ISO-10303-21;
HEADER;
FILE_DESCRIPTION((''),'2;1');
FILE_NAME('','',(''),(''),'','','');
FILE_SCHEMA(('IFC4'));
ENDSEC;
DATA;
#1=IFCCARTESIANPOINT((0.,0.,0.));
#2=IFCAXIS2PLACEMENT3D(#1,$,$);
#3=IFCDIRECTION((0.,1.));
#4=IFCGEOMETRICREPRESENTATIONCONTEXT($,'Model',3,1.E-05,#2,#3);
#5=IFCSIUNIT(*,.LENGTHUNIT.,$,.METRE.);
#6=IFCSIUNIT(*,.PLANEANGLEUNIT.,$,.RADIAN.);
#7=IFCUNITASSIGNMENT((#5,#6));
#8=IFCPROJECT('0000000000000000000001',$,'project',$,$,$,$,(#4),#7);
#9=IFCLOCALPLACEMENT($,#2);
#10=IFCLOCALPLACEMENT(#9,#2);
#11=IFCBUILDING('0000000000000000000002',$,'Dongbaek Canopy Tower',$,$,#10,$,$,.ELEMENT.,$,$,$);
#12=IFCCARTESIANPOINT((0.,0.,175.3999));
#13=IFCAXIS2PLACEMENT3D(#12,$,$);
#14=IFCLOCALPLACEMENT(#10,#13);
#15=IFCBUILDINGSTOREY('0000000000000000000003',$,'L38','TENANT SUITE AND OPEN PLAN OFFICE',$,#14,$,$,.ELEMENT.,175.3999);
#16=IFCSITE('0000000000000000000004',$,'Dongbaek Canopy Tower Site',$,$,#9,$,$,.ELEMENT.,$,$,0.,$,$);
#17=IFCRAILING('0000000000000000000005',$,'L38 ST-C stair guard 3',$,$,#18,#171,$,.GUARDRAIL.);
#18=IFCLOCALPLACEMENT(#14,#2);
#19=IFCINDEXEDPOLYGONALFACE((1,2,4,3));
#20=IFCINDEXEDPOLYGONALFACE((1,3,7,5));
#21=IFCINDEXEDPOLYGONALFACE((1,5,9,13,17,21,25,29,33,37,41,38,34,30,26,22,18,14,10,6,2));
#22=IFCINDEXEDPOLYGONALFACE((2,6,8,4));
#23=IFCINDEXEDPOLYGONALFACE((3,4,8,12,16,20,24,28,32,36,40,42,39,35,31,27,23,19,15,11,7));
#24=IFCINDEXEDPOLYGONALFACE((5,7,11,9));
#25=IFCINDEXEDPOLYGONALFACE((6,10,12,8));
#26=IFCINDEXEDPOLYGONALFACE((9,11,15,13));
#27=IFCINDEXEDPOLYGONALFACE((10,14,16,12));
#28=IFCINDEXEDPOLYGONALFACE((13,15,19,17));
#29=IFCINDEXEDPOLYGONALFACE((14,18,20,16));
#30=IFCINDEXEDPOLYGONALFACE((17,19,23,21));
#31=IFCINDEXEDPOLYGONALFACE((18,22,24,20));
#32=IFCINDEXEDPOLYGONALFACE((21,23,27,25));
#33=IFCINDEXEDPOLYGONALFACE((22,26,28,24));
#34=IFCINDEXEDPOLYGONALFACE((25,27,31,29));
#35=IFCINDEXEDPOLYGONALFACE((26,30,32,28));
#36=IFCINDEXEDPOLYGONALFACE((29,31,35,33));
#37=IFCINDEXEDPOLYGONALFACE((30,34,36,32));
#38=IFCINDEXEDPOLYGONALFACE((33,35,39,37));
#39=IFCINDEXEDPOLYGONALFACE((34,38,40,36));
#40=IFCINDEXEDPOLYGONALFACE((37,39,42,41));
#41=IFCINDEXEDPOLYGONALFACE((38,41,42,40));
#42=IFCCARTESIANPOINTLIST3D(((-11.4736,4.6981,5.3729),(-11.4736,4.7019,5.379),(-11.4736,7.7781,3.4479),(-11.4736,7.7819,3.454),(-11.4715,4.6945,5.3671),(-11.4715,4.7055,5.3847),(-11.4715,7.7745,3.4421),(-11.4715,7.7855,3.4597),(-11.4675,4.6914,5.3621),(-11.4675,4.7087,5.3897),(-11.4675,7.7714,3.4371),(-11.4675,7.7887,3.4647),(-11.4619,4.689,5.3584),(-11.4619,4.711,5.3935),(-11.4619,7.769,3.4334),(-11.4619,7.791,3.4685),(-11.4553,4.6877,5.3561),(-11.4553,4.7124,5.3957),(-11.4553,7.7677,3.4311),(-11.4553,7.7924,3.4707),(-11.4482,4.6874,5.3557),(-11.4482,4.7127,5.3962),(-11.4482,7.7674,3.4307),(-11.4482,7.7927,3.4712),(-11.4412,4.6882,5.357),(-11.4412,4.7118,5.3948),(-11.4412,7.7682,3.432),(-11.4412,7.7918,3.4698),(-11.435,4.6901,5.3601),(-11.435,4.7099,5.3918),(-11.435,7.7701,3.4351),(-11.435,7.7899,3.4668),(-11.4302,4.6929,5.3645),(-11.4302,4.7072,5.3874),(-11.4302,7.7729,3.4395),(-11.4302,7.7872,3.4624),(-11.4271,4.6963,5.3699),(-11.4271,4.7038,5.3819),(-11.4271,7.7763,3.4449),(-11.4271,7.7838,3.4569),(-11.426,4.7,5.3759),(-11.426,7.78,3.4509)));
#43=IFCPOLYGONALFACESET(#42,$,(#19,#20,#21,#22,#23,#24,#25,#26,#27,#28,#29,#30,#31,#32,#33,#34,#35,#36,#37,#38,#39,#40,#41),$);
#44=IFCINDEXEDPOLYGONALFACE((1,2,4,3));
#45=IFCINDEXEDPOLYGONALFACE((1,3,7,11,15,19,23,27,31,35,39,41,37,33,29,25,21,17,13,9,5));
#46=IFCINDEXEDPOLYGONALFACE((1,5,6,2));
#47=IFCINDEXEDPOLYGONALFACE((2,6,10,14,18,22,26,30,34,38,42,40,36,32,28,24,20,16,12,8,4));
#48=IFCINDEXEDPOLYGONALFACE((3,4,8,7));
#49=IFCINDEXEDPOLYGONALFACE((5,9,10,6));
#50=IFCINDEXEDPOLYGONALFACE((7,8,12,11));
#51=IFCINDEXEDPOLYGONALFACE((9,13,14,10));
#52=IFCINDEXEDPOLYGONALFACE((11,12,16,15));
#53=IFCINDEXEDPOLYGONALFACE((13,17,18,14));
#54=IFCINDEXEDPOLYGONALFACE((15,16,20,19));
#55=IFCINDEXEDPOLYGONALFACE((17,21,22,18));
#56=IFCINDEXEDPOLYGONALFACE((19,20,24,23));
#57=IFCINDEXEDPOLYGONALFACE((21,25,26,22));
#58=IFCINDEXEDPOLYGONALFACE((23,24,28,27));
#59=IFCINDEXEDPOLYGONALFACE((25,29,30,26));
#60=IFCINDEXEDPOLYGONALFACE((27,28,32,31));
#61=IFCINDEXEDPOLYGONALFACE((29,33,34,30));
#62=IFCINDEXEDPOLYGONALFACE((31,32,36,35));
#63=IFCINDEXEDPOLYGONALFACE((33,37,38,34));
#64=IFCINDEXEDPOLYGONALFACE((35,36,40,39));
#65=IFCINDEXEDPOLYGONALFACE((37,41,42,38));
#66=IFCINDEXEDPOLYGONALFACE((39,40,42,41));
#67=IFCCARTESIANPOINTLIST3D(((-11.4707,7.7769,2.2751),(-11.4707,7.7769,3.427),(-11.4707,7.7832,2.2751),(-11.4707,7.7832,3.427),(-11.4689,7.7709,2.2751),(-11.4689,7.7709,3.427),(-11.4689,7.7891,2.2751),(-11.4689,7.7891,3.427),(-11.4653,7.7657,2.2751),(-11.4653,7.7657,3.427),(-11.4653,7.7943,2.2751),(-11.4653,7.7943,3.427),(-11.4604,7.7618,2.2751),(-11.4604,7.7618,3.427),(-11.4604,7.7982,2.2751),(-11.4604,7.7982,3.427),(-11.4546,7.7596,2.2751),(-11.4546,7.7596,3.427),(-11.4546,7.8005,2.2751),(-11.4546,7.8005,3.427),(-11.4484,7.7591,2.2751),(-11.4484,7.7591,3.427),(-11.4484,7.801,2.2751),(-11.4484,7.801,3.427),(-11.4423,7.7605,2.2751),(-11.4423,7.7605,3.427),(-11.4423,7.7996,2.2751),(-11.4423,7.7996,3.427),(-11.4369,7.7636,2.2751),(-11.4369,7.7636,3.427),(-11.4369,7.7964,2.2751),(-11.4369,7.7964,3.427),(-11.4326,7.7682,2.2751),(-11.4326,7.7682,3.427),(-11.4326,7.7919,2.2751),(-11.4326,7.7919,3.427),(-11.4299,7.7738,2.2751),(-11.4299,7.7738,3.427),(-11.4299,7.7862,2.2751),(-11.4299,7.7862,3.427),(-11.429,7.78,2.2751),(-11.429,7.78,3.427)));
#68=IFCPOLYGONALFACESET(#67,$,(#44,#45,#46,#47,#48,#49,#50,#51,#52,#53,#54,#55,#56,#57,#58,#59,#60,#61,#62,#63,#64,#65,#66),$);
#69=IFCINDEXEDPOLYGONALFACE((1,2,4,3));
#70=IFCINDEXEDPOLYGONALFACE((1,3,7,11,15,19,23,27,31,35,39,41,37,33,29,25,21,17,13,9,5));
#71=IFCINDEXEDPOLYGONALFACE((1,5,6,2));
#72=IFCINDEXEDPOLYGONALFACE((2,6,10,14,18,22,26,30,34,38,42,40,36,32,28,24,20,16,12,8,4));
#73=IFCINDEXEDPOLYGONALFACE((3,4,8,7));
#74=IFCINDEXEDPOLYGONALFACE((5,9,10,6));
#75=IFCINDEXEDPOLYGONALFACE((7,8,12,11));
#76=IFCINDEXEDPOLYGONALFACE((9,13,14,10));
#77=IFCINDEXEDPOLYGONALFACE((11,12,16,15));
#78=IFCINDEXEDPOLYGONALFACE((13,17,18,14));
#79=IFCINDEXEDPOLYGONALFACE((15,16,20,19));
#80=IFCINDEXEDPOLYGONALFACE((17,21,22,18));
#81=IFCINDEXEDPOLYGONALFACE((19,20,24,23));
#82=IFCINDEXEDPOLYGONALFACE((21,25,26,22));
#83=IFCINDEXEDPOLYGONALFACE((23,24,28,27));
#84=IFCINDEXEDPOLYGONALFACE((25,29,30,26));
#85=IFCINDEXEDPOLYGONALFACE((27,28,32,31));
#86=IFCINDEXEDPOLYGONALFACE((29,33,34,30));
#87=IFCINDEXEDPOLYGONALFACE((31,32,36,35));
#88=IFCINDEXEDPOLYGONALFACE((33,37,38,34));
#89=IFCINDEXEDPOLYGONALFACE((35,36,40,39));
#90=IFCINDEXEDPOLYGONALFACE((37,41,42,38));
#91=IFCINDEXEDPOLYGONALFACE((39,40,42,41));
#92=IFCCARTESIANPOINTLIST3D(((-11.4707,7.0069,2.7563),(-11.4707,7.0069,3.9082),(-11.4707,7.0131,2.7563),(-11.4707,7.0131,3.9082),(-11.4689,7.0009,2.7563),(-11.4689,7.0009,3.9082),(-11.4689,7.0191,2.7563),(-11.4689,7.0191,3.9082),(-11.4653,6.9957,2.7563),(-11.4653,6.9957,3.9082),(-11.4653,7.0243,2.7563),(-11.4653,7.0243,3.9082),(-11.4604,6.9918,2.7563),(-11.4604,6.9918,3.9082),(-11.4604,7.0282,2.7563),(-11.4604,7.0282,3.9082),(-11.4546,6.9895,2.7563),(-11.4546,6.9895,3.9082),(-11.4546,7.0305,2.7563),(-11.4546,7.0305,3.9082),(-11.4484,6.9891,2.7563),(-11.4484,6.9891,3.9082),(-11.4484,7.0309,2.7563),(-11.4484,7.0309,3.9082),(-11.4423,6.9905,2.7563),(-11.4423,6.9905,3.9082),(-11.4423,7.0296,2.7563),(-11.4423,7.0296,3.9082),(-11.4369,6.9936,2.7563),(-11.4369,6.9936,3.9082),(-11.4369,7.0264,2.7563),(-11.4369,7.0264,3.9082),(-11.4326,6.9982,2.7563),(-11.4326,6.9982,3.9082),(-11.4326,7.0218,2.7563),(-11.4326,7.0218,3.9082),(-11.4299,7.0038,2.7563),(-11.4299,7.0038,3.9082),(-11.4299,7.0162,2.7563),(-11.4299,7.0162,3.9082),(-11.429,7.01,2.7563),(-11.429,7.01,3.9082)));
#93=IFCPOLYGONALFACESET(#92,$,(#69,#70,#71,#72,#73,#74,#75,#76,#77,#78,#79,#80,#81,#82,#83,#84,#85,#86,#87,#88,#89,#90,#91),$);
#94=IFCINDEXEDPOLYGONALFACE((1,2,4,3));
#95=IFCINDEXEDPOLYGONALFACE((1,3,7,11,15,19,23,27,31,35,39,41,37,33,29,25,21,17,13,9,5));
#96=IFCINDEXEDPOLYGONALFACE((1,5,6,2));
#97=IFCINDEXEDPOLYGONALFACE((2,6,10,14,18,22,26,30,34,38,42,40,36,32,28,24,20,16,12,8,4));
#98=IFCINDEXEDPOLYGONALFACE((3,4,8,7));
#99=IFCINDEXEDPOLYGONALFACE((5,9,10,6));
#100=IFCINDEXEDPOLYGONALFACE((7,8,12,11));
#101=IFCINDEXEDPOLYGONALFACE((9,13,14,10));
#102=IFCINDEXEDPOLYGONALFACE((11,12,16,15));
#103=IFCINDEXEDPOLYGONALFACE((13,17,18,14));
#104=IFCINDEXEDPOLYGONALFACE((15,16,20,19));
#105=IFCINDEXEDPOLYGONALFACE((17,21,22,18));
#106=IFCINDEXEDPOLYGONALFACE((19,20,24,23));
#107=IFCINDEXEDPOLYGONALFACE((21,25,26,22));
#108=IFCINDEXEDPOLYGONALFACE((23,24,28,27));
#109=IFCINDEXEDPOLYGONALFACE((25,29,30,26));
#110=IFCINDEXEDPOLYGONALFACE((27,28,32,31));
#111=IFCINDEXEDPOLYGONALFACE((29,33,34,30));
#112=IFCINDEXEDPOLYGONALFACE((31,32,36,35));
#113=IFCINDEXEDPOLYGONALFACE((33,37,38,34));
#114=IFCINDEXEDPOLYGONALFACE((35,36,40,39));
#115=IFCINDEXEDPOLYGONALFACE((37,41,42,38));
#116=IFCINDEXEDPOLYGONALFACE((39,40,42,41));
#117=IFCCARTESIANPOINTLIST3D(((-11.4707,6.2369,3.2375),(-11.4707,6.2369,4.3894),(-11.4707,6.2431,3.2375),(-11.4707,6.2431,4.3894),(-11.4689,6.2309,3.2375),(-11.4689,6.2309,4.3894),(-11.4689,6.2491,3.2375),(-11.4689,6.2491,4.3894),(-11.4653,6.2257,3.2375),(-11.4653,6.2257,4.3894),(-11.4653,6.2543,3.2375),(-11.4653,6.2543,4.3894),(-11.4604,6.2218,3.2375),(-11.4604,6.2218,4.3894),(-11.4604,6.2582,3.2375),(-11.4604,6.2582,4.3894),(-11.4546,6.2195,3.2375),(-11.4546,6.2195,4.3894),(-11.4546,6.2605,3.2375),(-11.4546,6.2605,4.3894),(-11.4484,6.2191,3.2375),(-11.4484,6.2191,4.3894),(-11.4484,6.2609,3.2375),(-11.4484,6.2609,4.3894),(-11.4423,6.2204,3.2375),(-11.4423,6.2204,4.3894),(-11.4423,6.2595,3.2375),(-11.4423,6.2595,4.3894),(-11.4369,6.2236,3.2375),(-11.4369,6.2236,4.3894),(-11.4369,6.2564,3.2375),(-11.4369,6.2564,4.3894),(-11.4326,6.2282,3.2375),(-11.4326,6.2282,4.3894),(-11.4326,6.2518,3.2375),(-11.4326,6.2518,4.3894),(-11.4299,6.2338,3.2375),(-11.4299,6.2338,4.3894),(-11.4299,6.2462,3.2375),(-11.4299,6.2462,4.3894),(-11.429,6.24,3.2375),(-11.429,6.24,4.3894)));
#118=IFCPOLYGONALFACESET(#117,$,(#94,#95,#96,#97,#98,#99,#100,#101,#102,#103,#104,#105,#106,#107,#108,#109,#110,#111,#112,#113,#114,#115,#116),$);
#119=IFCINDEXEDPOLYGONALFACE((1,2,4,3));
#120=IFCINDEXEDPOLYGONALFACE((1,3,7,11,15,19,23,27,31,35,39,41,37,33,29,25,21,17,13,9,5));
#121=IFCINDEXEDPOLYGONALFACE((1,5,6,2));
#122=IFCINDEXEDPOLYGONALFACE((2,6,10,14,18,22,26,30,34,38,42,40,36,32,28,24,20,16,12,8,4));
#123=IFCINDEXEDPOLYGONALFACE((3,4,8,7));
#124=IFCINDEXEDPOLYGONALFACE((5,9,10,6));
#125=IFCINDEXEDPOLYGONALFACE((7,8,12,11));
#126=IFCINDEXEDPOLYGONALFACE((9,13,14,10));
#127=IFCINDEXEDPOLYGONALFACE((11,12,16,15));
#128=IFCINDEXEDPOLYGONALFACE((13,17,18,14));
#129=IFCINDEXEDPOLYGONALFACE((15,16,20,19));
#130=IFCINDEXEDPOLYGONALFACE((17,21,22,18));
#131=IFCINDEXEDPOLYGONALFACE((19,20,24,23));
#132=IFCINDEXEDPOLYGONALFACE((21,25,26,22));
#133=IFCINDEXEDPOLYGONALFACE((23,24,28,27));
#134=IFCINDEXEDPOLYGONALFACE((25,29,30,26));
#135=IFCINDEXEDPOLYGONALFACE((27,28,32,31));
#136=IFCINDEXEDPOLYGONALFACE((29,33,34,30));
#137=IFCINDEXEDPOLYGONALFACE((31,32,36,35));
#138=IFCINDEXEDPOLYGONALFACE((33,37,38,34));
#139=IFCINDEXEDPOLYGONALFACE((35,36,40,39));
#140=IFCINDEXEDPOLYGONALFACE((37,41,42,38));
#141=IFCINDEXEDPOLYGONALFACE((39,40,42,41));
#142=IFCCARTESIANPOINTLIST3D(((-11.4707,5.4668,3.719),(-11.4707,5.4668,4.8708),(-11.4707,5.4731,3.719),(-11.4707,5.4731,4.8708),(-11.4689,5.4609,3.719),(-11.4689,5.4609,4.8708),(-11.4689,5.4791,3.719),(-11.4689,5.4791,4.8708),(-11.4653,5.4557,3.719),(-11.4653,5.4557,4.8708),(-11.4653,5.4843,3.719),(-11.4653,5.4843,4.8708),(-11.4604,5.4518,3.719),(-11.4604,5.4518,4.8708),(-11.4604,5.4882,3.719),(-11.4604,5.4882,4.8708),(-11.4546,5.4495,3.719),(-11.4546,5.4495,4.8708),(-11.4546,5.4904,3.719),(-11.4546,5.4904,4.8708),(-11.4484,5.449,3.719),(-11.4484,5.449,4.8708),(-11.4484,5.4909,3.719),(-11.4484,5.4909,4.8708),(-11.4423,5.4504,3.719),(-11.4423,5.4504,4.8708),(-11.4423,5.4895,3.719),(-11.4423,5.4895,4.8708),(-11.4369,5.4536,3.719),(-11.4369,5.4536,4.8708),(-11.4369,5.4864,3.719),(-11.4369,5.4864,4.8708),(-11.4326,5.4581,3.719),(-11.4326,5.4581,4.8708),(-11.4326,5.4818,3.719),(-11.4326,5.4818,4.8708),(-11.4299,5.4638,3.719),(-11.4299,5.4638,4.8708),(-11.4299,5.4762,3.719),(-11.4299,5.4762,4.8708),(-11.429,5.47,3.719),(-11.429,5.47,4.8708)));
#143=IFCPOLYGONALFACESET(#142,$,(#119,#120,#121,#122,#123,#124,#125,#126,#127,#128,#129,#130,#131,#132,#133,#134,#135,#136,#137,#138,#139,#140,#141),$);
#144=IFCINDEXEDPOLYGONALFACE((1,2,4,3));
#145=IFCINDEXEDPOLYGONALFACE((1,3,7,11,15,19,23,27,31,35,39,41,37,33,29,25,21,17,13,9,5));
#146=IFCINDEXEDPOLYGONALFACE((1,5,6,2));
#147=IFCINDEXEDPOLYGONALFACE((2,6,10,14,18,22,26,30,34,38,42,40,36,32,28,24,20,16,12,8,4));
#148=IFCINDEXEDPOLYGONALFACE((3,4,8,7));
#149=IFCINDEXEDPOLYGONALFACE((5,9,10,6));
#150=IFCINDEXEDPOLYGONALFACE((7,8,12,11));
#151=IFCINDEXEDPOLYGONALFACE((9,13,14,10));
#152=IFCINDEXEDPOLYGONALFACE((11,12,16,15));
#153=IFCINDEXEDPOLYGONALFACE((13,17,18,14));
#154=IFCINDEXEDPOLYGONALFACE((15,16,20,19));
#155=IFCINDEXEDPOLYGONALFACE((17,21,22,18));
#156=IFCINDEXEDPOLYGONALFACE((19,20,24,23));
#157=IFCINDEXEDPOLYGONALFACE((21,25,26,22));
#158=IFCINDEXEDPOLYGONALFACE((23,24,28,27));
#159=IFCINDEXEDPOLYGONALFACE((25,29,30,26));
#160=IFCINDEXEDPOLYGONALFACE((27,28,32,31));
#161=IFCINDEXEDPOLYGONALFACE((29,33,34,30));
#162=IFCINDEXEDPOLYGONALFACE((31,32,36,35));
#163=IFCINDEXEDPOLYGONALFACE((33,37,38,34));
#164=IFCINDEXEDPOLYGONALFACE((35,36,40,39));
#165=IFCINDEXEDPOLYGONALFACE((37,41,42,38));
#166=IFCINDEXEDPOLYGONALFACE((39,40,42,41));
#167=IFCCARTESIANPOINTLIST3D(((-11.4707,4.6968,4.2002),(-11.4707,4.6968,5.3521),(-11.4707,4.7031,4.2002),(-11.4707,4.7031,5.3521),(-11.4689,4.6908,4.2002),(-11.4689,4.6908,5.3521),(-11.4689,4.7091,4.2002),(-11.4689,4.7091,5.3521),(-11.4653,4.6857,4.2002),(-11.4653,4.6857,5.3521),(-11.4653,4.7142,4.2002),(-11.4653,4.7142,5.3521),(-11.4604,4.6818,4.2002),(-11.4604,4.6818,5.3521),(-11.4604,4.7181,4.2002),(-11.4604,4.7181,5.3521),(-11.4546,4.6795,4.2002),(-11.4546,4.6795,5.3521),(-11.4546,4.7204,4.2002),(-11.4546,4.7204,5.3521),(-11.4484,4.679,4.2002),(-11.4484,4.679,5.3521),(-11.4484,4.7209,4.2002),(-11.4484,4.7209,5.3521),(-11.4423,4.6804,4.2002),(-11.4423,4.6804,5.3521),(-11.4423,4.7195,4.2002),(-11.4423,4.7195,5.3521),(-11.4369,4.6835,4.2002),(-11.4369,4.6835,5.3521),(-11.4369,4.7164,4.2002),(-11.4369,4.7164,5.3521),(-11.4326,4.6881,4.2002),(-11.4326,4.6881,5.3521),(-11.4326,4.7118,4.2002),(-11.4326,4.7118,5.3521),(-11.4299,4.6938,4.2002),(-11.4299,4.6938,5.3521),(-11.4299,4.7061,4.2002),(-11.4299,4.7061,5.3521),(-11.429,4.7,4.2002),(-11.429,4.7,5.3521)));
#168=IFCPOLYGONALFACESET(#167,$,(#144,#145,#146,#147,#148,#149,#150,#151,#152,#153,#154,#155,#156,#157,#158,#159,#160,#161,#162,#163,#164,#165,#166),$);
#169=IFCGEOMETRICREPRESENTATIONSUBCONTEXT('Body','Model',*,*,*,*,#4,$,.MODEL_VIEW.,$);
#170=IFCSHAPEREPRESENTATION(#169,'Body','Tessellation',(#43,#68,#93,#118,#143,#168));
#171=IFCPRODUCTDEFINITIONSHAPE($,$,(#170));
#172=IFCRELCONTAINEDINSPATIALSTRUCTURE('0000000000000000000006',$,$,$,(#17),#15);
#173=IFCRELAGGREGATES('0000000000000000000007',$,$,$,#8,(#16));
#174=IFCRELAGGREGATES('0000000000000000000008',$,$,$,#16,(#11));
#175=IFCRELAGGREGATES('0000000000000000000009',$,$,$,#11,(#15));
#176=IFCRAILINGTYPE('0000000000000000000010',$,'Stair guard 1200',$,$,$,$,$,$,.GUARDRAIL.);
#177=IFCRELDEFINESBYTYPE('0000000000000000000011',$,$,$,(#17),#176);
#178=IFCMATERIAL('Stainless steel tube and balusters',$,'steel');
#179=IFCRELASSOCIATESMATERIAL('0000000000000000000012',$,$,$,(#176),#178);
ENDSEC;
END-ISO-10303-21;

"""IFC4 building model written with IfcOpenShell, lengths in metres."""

from ifc_helpers import new_model, si_unit, direction, frame, origin, origin_2d, place, context, subcontext, project, spatial, circle, extrude, material, type_object, element, save


model = new_model("IFC4")

# Units and contexts
model_context = context("Model", 3, precision=1e-05, world=origin(), true_north=direction((0.0, 1.0)))
body_context = subcontext(model_context, "Body", "Model", "MODEL_VIEW")
ifc_project = project(units=[si_unit("LENGTHUNIT", "METRE"), si_unit("PLANEANGLEUNIT", "RADIAN")], contexts=[model_context])

# Site, building, storey
site_placement = place(None, origin())
site = spatial("IfcSite", under=ifc_project, at=site_placement, Name="Dongbaek Canopy Tower Site", CompositionType="ELEMENT", RefElevation=0.0)
building_placement = place(site_placement, origin())
building = spatial("IfcBuilding", under=site, at=building_placement, Name="Dongbaek Canopy Tower", CompositionType="ELEMENT")
storey_placement = place(building_placement, frame((0.0, 0.0, 175.3999)))
storey = spatial("IfcBuildingStorey", under=building, at=storey_placement, Name="L38", Description="TENANT SUITE AND OPEN PLAN OFFICE", CompositionType="ELEMENT", Elevation=175.3999)

# Railing
ifc_material_1 = material(Name="Stainless steel tube and balusters", Category="steel")
railing_type_1 = type_object("IfcRailingType", Name="Stair guard 1200", PredefinedType="GUARDRAIL", material=ifc_material_1)
railing_1_placement = place(storey_placement, frame((-11.45, 7.78, 2.2751)))
element("IfcRailing", 1, at=railing_1_placement, inside=storey, type_object=railing_type_1, Name="L38 ST-C stair guard 3", PredefinedType="GUARDRAIL", context=body_context, shape_type="SweptSolid", body=[
    extrude(circle(Radius=0.0239, at=origin_2d()), frame((0.0, 0.0, 1.1758), z_axis=(0.0, -0.847998, 0.529999), x_axis=(1.0, 0.0, 0.0)), (0.0, 0.0, 1.0), 3.6321),
    extrude(circle(Radius=0.021, at=origin_2d()), origin(), (0.0, 0.0, 1.0), 1.1519),
    extrude(circle(Radius=0.021, at=origin_2d()), frame((0.0, -0.77, 0.4812)), (0.0, 0.0, 1.0), 1.1519),
    extrude(circle(Radius=0.021, at=origin_2d()), frame((0.0, -1.54, 0.9624)), (0.0, 0.0, 1.0), 1.1519),
    extrude(circle(Radius=0.021, at=origin_2d()), frame((0.0, -2.3101, 1.4438)), (0.0, 0.0, 1.0), 1.1519),
    extrude(circle(Radius=0.021, at=origin_2d()), frame((0.0, -3.0801, 1.925)), (0.0, 0.0, 1.0), 1.1519),
])

save(model, "model.ifc")
